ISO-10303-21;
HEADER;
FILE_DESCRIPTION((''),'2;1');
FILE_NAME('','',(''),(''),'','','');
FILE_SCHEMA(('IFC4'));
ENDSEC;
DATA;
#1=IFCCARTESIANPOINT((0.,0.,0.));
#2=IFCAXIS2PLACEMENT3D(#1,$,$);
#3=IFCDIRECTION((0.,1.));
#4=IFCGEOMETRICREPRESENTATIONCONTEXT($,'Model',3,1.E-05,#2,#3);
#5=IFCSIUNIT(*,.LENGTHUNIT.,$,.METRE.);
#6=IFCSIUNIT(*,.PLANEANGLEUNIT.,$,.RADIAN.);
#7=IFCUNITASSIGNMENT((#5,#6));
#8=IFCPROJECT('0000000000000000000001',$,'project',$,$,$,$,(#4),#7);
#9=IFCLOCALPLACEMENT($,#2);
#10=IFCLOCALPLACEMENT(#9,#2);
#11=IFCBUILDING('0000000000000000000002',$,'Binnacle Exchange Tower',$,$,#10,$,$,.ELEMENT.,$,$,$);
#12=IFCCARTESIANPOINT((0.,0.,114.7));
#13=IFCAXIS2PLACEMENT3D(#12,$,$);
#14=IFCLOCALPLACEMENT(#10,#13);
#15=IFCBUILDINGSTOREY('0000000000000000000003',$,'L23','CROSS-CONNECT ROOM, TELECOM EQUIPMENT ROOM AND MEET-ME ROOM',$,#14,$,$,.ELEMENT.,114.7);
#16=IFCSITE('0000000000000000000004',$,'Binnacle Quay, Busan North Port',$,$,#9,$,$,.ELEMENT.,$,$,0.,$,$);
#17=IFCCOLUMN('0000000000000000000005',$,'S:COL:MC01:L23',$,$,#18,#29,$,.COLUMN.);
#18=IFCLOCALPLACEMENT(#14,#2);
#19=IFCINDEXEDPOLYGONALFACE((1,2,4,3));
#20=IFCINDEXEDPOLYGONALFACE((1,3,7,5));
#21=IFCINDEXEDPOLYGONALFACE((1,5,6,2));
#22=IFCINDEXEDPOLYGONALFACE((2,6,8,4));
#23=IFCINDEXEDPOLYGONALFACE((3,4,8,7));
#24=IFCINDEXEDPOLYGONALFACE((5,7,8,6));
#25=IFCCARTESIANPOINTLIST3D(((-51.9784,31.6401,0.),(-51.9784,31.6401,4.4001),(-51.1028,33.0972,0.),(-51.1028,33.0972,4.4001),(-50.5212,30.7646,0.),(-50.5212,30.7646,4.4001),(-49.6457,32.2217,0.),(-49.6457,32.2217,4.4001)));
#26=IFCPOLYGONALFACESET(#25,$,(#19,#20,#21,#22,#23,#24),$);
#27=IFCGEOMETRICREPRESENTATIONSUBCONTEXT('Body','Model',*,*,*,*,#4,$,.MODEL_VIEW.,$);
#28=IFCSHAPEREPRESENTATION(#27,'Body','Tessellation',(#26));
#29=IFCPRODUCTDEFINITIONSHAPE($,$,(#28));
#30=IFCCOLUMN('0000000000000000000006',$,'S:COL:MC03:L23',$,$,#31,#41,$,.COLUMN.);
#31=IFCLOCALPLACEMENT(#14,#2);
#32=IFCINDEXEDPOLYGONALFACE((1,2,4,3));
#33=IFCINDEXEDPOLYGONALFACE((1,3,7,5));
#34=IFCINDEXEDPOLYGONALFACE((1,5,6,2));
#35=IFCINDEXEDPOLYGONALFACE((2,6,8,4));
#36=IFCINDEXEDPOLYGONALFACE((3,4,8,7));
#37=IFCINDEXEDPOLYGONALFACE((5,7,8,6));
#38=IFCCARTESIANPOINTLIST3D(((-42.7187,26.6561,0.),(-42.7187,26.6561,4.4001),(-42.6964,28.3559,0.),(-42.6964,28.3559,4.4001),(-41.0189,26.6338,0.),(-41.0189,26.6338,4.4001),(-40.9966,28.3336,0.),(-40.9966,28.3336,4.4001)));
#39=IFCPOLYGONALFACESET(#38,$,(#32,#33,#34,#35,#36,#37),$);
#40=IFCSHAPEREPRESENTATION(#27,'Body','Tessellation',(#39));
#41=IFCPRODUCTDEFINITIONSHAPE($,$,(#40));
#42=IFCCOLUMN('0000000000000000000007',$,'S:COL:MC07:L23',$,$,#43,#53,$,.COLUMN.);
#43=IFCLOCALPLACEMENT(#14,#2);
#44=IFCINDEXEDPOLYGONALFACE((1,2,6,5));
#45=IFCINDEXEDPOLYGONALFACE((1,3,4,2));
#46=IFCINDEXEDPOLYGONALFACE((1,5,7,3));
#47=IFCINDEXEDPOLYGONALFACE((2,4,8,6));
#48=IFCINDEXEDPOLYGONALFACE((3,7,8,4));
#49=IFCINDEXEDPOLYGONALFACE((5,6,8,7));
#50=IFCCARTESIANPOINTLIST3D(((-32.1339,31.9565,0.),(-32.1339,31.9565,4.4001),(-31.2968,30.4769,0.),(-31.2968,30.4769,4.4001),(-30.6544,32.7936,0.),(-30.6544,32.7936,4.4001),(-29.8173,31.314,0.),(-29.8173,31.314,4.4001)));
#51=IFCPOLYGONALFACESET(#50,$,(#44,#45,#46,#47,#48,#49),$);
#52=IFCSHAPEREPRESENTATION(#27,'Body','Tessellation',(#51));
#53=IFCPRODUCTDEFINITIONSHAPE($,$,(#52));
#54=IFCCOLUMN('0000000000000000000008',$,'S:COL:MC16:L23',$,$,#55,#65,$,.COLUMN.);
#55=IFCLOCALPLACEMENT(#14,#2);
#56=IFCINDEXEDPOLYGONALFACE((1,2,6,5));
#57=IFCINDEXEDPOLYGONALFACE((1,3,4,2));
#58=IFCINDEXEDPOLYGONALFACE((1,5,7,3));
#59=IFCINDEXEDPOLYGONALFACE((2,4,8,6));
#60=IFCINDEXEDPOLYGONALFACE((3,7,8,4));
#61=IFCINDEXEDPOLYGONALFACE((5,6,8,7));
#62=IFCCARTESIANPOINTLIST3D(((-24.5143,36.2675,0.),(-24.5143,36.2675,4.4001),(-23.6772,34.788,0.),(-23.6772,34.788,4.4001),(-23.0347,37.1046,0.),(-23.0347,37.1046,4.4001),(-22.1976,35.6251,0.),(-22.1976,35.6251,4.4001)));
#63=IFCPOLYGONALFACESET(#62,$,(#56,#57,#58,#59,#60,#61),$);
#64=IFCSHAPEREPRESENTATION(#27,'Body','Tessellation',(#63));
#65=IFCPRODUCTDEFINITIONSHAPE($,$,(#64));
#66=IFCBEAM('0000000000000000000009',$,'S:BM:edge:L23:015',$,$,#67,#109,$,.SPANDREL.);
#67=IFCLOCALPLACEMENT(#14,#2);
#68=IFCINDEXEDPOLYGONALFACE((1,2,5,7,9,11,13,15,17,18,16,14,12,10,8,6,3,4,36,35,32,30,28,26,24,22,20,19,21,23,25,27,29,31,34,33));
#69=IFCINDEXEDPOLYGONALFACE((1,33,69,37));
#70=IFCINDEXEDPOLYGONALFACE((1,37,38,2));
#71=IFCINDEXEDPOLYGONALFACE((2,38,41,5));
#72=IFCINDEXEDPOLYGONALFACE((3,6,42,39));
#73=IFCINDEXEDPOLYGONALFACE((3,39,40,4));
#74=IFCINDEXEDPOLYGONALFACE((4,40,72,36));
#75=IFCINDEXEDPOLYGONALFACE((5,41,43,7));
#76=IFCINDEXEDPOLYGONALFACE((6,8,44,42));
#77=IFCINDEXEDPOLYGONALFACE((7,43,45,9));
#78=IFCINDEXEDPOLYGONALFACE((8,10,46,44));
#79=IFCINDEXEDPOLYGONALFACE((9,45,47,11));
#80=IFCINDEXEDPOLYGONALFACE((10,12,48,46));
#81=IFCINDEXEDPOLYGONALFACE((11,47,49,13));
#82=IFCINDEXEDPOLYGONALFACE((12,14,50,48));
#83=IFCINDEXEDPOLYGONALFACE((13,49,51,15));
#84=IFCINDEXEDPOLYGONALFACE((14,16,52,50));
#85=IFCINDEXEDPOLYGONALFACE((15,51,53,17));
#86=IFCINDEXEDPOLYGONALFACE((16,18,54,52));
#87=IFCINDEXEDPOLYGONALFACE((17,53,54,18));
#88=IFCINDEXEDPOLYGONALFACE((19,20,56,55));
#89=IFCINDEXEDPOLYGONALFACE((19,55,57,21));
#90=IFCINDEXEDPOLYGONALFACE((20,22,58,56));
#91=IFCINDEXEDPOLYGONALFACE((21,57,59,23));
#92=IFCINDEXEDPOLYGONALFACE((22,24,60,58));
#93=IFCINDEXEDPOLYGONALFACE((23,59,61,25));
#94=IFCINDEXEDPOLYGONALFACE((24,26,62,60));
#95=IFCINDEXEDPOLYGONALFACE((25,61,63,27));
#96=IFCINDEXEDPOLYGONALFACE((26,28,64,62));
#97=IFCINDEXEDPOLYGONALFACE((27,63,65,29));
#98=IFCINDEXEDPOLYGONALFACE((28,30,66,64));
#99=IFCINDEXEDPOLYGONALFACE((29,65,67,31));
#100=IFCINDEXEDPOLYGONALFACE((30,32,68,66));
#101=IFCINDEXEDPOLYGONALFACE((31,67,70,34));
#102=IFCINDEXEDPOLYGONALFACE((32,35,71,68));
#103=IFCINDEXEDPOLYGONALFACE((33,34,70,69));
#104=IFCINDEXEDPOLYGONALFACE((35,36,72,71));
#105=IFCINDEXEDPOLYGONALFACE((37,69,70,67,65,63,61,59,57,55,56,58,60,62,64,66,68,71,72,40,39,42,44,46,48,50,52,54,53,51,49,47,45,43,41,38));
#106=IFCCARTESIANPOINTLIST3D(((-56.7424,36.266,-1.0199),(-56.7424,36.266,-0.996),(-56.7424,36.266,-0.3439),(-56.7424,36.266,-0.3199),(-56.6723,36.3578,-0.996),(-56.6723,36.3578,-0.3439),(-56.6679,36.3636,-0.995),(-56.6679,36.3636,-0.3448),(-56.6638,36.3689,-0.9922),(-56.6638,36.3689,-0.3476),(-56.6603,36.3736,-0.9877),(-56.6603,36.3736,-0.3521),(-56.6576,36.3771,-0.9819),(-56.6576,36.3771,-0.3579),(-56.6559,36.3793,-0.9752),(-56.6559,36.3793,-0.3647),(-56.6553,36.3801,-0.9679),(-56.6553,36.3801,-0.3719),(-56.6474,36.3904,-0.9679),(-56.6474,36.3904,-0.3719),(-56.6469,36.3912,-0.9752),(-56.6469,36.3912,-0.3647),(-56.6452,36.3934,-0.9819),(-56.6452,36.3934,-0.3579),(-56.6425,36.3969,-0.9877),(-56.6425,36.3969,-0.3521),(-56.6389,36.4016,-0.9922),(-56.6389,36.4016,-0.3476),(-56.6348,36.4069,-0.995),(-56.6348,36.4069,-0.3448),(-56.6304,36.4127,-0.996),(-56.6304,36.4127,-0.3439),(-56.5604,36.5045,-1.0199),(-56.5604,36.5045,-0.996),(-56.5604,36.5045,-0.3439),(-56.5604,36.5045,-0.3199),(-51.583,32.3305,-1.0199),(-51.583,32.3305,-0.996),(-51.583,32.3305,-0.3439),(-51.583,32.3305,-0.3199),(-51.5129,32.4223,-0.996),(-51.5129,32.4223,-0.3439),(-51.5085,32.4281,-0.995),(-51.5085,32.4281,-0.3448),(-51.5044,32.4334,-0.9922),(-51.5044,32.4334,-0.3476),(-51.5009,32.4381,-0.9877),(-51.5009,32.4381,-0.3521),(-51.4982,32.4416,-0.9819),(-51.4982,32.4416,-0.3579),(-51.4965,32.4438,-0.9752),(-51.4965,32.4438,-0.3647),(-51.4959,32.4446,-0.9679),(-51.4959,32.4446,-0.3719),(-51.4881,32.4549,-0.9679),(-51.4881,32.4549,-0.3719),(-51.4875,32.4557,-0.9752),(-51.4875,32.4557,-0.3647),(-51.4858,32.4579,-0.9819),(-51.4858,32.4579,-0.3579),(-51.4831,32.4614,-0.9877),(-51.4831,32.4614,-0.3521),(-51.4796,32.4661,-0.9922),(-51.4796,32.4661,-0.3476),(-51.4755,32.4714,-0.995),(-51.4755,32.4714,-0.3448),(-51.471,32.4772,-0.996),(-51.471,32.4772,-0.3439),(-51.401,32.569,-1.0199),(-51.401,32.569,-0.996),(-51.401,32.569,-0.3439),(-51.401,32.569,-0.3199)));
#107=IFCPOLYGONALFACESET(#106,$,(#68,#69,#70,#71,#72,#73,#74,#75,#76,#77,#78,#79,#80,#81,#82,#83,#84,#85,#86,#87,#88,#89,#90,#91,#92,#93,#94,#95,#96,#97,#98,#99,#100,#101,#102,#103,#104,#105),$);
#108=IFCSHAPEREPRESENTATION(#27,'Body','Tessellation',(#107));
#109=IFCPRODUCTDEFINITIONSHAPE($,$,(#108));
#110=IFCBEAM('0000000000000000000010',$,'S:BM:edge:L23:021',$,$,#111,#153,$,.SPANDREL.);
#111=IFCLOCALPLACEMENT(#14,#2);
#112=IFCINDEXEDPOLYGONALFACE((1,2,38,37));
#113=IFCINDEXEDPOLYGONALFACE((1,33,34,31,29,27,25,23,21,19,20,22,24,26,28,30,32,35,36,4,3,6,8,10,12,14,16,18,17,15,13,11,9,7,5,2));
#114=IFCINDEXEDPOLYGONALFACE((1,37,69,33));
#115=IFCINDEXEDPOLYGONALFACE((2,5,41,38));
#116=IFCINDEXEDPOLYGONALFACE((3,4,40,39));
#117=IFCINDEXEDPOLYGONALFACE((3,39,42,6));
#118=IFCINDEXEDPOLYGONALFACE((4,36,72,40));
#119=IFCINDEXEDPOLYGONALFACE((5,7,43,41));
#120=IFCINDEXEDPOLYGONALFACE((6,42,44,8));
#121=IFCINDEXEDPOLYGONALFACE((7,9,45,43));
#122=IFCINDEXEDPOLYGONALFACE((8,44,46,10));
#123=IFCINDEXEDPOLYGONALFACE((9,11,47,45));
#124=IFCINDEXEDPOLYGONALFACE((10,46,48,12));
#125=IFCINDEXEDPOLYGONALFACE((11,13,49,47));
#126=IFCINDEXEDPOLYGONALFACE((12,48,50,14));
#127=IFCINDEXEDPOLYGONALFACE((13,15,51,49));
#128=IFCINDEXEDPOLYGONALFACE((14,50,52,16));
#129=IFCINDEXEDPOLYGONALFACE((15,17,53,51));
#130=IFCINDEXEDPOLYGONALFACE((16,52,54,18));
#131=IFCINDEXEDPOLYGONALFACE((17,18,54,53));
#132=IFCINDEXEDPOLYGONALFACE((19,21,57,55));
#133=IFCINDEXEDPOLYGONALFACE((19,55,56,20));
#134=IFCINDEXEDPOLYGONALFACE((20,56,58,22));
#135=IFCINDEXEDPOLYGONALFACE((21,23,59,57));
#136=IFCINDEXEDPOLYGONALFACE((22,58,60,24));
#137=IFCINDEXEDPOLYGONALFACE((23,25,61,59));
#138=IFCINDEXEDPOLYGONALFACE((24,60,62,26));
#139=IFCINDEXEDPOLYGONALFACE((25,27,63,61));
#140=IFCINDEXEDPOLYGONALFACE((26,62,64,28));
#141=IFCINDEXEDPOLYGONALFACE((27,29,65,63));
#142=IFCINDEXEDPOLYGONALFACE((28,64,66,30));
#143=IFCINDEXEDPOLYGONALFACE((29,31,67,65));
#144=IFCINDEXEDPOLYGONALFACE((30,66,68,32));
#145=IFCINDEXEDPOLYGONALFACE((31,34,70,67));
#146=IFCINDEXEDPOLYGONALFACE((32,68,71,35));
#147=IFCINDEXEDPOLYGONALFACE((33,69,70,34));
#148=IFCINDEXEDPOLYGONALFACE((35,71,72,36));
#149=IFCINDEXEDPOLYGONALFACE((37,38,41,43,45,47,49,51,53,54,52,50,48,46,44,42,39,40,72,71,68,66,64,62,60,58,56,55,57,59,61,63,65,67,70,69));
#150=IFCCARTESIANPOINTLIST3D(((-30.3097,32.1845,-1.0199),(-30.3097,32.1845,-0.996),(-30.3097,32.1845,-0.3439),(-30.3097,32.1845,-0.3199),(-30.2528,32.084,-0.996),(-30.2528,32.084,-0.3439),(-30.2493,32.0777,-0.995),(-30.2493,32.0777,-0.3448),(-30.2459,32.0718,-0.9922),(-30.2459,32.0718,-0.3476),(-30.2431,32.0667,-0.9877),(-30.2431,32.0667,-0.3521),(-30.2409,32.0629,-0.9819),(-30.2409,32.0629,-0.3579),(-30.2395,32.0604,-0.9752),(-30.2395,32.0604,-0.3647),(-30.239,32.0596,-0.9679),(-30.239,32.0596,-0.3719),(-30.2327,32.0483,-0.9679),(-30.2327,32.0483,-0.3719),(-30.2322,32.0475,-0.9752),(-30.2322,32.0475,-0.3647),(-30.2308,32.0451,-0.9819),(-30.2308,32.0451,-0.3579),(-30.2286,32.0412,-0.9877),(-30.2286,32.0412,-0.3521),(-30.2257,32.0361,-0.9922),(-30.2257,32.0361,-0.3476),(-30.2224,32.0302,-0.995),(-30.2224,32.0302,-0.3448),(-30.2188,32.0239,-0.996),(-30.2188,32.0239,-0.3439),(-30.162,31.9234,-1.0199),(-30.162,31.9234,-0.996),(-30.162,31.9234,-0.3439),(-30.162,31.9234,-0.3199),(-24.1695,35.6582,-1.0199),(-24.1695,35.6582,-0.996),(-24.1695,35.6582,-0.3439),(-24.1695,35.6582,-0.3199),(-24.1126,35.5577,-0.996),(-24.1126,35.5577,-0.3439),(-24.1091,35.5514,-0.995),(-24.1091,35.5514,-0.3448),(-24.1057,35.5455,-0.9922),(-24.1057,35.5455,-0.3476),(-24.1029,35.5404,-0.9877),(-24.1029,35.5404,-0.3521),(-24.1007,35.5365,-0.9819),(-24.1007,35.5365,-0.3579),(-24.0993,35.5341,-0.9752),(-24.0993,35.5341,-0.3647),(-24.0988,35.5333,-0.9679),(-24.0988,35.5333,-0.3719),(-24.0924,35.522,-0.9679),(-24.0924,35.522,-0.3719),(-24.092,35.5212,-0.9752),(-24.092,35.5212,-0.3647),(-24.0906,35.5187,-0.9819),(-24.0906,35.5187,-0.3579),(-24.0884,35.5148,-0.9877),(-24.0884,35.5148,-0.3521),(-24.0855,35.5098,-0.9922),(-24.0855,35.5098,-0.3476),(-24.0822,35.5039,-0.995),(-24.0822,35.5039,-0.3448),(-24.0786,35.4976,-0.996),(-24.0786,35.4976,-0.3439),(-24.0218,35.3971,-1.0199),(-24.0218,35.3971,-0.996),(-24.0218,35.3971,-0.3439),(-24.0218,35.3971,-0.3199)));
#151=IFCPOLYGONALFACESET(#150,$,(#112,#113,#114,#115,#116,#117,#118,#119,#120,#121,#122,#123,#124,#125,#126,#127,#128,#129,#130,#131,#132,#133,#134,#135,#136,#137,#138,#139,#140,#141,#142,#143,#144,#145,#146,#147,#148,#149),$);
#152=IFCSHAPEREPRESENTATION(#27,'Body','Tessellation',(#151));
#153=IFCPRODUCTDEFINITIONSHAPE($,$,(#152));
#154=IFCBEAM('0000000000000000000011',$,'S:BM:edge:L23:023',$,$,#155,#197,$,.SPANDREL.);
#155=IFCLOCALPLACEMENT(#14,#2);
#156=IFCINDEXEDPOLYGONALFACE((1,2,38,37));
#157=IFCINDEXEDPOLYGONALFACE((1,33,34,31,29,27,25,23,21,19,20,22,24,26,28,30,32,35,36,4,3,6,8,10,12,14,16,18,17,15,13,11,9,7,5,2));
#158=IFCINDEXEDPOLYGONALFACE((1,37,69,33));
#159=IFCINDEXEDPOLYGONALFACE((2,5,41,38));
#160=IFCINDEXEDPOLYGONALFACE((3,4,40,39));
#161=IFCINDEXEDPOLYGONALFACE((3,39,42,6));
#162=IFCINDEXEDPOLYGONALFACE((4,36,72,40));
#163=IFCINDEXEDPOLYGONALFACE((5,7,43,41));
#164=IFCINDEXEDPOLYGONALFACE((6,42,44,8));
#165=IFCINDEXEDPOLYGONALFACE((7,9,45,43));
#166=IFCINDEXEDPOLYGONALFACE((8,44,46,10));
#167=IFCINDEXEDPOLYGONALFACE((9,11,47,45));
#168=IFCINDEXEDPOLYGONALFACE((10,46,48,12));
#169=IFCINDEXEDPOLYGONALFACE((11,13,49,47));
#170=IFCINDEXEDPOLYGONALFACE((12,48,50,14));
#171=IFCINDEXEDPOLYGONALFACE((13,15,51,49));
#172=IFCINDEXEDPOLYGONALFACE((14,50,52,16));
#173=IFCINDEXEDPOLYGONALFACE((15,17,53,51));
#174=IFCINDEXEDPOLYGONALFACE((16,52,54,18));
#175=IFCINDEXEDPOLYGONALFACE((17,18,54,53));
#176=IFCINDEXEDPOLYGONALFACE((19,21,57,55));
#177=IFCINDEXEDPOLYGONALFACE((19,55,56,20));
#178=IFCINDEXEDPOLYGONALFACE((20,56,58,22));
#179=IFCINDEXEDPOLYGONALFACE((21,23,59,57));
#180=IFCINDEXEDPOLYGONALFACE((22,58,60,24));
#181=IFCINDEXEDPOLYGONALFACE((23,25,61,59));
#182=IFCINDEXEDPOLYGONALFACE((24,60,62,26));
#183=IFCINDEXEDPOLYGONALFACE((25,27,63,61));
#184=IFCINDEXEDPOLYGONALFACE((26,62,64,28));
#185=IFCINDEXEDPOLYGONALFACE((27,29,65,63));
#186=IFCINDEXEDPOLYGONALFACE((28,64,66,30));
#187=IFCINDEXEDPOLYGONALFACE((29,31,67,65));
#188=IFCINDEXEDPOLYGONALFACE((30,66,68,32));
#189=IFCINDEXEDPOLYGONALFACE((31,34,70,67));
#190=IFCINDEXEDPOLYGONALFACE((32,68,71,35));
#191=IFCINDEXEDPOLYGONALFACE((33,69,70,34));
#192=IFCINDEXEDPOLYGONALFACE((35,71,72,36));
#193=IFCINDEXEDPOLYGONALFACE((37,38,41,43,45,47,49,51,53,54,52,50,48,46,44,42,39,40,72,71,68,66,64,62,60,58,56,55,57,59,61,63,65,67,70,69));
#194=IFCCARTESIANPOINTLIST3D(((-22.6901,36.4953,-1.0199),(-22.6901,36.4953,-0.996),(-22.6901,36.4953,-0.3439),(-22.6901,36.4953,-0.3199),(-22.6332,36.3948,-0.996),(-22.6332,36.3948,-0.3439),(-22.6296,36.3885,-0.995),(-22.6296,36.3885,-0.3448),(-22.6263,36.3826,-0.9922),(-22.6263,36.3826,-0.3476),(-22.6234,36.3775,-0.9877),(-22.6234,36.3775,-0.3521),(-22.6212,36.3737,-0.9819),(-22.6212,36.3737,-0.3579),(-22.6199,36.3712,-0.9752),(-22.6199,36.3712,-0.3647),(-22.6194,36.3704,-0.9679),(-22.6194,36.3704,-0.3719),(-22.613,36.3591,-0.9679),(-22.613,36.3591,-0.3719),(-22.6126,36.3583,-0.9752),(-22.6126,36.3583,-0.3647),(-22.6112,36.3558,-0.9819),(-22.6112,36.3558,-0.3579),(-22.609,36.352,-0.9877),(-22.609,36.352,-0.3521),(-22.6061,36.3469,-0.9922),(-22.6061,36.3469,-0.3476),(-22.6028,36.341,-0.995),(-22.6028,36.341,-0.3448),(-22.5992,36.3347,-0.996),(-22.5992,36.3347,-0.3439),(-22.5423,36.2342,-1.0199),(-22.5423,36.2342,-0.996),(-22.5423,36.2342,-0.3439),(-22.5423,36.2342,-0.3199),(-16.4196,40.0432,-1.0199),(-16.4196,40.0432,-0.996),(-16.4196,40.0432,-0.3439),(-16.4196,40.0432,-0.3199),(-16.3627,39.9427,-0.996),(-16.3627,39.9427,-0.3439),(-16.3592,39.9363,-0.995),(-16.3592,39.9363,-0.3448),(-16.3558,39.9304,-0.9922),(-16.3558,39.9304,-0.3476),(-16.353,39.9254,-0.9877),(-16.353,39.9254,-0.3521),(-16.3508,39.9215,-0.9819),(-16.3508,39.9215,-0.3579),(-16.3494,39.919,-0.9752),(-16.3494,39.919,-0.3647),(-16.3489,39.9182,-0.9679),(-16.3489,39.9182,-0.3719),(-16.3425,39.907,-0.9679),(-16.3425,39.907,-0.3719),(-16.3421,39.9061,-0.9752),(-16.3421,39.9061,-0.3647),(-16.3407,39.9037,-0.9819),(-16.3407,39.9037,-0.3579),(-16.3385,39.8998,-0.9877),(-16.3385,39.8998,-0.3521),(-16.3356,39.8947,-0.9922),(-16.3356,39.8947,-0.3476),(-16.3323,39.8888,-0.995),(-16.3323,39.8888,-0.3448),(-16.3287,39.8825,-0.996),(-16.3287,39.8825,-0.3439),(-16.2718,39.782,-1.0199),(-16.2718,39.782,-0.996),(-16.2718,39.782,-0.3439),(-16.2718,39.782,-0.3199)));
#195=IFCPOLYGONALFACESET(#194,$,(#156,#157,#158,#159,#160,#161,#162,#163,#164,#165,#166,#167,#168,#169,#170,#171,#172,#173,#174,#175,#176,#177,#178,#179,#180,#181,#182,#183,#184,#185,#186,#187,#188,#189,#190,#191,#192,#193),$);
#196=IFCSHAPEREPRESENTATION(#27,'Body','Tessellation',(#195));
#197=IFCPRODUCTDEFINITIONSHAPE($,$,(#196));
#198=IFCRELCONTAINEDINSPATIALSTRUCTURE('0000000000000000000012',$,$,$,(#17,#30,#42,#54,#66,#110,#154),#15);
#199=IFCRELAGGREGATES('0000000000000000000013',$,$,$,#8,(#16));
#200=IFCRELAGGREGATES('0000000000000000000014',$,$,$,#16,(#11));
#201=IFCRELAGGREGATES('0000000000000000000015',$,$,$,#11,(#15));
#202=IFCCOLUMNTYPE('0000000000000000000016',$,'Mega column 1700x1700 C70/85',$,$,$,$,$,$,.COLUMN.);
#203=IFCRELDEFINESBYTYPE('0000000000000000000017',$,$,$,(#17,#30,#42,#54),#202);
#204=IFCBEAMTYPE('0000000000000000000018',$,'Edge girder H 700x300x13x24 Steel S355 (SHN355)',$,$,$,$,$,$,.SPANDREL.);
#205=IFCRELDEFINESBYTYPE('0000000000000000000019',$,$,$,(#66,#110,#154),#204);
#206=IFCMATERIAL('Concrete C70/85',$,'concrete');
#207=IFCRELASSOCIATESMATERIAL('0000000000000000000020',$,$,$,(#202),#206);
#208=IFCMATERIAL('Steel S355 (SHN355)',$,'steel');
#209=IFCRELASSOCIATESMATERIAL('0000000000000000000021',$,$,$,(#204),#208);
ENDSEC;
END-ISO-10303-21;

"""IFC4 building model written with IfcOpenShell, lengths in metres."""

from ifc_helpers import new_model, si_unit, direction, frame, origin, origin_2d, place, context, subcontext, project, spatial, rectangle, i_section, extrude, material, material_profile, profile_set, type_object, element, save


model = new_model("IFC4")

# Units and contexts
model_context = context("Model", 3, precision=1e-05, world=origin(), true_north=direction((0.0, 1.0)))
body_context = subcontext(model_context, "Body", "Model", "MODEL_VIEW")
ifc_project = project(units=[si_unit("LENGTHUNIT", "METRE"), si_unit("PLANEANGLEUNIT", "RADIAN")], contexts=[model_context])

# Site, building, storey
site_placement = place(None, origin())
site = spatial("IfcSite", under=ifc_project, at=site_placement, Name="Binnacle Quay, Busan North Port", CompositionType="ELEMENT", RefElevation=0.0)
building_placement = place(site_placement, origin())
building = spatial("IfcBuilding", under=site, at=building_placement, Name="Binnacle Exchange Tower", CompositionType="ELEMENT")
storey_placement = place(building_placement, frame((0.0, 0.0, 114.7)))
storey = spatial("IfcBuildingStorey", under=building, at=storey_placement, Name="L23", Description="CROSS-CONNECT ROOM, TELECOM EQUIPMENT ROOM AND MEET-ME ROOM", CompositionType="ELEMENT", Elevation=114.7)

# Columns
ifc_material_1 = material(Name="Concrete C70/85", Category="concrete")
ifc_material_profile_1 = material_profile(ifc_material_1, rectangle(XDim=1.7, YDim=1.7, at=origin_2d()), Name="Mega column 1700x1700 C70/85")
ifc_profile_set_1 = profile_set([ifc_material_profile_1], Name="Concrete C70/85")
column_type = type_object("IfcColumnType", Name="Mega column 1700x1700 C70/85", PredefinedType="COLUMN", material=ifc_profile_set_1)
for number, where, z_axis, x_axis, name in (
    (1, (-50.812, 31.9309, 0.0), (0.0, 0.0, 1.0), (0.857167, -0.515038, 0.0), "S:COL:MC01:L23"),
    (2, (-41.8577, 27.4949, 0.0), (0.0, 0.0, 1.0), (0.999914, -0.01309, 0.0), "S:COL:MC03:L23"),
    (3, (-30.9756, 31.6353, 0.0), (0.0, 0.0, 1.0), (0.870356, 0.492424, 0.0), "S:COL:MC07:L23"),
    (4, (-23.356, 35.9463, 0.0), (0.0, 0.0, 1.0), (0.870356, 0.492424, 0.0), "S:COL:MC16:L23"),
):
    element("IfcColumn", number, at=place(storey_placement, frame(where, z_axis=z_axis, x_axis=x_axis)), inside=storey, type_object=column_type, Name=name, PredefinedType="COLUMN", context=body_context, shape_type="SweptSolid", body=[
        extrude(rectangle(XDim=1.7, YDim=1.7, at=origin_2d()), origin(), (0.0, 0.0, 1.0), 4.4001),
    ])

# Beams
ifc_material_2 = material(Name="Steel S355 (SHN355)", Category="steel")
ifc_material_profile_2 = material_profile(ifc_material_2, i_section(OverallWidth=0.3, OverallDepth=0.7, WebThickness=0.0129, FlangeThickness=0.0239, FilletRadius=0.0281, at=origin_2d()), Name="H 700x300x13x24")
ifc_profile_set_2 = profile_set([ifc_material_profile_2], Name="Steel S355 (SHN355)")
beam_type_1 = type_object("IfcBeamType", Name="Edge girder H 700x300x13x24 Steel S355 (SHN355)", PredefinedType="SPANDREL", material=ifc_profile_set_2)
beam_1_placement = place(storey_placement, frame((-56.6514, 36.3853, -0.6699), z_axis=(0.795093, -0.606487, 0.0), x_axis=(0.606487, 0.795093, 0.0)))
element("IfcBeam", 5, at=beam_1_placement, inside=storey, type_object=beam_type_1, Name="S:BM:edge:L23:015", PredefinedType="SPANDREL", context=body_context, shape_type="SweptSolid", body=[
    extrude(i_section(OverallWidth=0.3, OverallDepth=0.7, WebThickness=0.0129, FlangeThickness=0.0239, FilletRadius=0.0281, at=origin_2d()), origin(), (0.0, 0.0, 1.0), 6.489),
])
beam_2_placement = place(storey_placement, frame((-30.2358, 32.054, -0.6699), z_axis=(0.870373, 0.492392, 0.0), x_axis=(-0.492392, 0.870373, 0.0)))
element("IfcBeam", 6, at=beam_2_placement, inside=storey, type_object=beam_type_1, Name="S:BM:edge:L23:021", PredefinedType="SPANDREL", context=body_context, shape_type="SweptSolid", body=[
    extrude(i_section(OverallWidth=0.3, OverallDepth=0.7, WebThickness=0.0129, FlangeThickness=0.0239, FilletRadius=0.0281, at=origin_2d()), origin(), (0.0, 0.0, 1.0), 7.0547),
])
beam_3_placement = place(storey_placement, frame((-22.6162, 36.3647, -0.6699), z_axis=(0.870346, 0.492441, 0.0), x_axis=(-0.492441, 0.870346, 0.0)))
element("IfcBeam", 7, at=beam_3_placement, inside=storey, type_object=beam_type_1, Name="S:BM:edge:L23:023", PredefinedType="SPANDREL", context=body_context, shape_type="SweptSolid", body=[
    extrude(i_section(OverallWidth=0.3, OverallDepth=0.7, WebThickness=0.0129, FlangeThickness=0.0239, FilletRadius=0.0281, at=origin_2d()), origin(), (0.0, 0.0, 1.0), 7.2046),
])

save(model, "model.ifc")
